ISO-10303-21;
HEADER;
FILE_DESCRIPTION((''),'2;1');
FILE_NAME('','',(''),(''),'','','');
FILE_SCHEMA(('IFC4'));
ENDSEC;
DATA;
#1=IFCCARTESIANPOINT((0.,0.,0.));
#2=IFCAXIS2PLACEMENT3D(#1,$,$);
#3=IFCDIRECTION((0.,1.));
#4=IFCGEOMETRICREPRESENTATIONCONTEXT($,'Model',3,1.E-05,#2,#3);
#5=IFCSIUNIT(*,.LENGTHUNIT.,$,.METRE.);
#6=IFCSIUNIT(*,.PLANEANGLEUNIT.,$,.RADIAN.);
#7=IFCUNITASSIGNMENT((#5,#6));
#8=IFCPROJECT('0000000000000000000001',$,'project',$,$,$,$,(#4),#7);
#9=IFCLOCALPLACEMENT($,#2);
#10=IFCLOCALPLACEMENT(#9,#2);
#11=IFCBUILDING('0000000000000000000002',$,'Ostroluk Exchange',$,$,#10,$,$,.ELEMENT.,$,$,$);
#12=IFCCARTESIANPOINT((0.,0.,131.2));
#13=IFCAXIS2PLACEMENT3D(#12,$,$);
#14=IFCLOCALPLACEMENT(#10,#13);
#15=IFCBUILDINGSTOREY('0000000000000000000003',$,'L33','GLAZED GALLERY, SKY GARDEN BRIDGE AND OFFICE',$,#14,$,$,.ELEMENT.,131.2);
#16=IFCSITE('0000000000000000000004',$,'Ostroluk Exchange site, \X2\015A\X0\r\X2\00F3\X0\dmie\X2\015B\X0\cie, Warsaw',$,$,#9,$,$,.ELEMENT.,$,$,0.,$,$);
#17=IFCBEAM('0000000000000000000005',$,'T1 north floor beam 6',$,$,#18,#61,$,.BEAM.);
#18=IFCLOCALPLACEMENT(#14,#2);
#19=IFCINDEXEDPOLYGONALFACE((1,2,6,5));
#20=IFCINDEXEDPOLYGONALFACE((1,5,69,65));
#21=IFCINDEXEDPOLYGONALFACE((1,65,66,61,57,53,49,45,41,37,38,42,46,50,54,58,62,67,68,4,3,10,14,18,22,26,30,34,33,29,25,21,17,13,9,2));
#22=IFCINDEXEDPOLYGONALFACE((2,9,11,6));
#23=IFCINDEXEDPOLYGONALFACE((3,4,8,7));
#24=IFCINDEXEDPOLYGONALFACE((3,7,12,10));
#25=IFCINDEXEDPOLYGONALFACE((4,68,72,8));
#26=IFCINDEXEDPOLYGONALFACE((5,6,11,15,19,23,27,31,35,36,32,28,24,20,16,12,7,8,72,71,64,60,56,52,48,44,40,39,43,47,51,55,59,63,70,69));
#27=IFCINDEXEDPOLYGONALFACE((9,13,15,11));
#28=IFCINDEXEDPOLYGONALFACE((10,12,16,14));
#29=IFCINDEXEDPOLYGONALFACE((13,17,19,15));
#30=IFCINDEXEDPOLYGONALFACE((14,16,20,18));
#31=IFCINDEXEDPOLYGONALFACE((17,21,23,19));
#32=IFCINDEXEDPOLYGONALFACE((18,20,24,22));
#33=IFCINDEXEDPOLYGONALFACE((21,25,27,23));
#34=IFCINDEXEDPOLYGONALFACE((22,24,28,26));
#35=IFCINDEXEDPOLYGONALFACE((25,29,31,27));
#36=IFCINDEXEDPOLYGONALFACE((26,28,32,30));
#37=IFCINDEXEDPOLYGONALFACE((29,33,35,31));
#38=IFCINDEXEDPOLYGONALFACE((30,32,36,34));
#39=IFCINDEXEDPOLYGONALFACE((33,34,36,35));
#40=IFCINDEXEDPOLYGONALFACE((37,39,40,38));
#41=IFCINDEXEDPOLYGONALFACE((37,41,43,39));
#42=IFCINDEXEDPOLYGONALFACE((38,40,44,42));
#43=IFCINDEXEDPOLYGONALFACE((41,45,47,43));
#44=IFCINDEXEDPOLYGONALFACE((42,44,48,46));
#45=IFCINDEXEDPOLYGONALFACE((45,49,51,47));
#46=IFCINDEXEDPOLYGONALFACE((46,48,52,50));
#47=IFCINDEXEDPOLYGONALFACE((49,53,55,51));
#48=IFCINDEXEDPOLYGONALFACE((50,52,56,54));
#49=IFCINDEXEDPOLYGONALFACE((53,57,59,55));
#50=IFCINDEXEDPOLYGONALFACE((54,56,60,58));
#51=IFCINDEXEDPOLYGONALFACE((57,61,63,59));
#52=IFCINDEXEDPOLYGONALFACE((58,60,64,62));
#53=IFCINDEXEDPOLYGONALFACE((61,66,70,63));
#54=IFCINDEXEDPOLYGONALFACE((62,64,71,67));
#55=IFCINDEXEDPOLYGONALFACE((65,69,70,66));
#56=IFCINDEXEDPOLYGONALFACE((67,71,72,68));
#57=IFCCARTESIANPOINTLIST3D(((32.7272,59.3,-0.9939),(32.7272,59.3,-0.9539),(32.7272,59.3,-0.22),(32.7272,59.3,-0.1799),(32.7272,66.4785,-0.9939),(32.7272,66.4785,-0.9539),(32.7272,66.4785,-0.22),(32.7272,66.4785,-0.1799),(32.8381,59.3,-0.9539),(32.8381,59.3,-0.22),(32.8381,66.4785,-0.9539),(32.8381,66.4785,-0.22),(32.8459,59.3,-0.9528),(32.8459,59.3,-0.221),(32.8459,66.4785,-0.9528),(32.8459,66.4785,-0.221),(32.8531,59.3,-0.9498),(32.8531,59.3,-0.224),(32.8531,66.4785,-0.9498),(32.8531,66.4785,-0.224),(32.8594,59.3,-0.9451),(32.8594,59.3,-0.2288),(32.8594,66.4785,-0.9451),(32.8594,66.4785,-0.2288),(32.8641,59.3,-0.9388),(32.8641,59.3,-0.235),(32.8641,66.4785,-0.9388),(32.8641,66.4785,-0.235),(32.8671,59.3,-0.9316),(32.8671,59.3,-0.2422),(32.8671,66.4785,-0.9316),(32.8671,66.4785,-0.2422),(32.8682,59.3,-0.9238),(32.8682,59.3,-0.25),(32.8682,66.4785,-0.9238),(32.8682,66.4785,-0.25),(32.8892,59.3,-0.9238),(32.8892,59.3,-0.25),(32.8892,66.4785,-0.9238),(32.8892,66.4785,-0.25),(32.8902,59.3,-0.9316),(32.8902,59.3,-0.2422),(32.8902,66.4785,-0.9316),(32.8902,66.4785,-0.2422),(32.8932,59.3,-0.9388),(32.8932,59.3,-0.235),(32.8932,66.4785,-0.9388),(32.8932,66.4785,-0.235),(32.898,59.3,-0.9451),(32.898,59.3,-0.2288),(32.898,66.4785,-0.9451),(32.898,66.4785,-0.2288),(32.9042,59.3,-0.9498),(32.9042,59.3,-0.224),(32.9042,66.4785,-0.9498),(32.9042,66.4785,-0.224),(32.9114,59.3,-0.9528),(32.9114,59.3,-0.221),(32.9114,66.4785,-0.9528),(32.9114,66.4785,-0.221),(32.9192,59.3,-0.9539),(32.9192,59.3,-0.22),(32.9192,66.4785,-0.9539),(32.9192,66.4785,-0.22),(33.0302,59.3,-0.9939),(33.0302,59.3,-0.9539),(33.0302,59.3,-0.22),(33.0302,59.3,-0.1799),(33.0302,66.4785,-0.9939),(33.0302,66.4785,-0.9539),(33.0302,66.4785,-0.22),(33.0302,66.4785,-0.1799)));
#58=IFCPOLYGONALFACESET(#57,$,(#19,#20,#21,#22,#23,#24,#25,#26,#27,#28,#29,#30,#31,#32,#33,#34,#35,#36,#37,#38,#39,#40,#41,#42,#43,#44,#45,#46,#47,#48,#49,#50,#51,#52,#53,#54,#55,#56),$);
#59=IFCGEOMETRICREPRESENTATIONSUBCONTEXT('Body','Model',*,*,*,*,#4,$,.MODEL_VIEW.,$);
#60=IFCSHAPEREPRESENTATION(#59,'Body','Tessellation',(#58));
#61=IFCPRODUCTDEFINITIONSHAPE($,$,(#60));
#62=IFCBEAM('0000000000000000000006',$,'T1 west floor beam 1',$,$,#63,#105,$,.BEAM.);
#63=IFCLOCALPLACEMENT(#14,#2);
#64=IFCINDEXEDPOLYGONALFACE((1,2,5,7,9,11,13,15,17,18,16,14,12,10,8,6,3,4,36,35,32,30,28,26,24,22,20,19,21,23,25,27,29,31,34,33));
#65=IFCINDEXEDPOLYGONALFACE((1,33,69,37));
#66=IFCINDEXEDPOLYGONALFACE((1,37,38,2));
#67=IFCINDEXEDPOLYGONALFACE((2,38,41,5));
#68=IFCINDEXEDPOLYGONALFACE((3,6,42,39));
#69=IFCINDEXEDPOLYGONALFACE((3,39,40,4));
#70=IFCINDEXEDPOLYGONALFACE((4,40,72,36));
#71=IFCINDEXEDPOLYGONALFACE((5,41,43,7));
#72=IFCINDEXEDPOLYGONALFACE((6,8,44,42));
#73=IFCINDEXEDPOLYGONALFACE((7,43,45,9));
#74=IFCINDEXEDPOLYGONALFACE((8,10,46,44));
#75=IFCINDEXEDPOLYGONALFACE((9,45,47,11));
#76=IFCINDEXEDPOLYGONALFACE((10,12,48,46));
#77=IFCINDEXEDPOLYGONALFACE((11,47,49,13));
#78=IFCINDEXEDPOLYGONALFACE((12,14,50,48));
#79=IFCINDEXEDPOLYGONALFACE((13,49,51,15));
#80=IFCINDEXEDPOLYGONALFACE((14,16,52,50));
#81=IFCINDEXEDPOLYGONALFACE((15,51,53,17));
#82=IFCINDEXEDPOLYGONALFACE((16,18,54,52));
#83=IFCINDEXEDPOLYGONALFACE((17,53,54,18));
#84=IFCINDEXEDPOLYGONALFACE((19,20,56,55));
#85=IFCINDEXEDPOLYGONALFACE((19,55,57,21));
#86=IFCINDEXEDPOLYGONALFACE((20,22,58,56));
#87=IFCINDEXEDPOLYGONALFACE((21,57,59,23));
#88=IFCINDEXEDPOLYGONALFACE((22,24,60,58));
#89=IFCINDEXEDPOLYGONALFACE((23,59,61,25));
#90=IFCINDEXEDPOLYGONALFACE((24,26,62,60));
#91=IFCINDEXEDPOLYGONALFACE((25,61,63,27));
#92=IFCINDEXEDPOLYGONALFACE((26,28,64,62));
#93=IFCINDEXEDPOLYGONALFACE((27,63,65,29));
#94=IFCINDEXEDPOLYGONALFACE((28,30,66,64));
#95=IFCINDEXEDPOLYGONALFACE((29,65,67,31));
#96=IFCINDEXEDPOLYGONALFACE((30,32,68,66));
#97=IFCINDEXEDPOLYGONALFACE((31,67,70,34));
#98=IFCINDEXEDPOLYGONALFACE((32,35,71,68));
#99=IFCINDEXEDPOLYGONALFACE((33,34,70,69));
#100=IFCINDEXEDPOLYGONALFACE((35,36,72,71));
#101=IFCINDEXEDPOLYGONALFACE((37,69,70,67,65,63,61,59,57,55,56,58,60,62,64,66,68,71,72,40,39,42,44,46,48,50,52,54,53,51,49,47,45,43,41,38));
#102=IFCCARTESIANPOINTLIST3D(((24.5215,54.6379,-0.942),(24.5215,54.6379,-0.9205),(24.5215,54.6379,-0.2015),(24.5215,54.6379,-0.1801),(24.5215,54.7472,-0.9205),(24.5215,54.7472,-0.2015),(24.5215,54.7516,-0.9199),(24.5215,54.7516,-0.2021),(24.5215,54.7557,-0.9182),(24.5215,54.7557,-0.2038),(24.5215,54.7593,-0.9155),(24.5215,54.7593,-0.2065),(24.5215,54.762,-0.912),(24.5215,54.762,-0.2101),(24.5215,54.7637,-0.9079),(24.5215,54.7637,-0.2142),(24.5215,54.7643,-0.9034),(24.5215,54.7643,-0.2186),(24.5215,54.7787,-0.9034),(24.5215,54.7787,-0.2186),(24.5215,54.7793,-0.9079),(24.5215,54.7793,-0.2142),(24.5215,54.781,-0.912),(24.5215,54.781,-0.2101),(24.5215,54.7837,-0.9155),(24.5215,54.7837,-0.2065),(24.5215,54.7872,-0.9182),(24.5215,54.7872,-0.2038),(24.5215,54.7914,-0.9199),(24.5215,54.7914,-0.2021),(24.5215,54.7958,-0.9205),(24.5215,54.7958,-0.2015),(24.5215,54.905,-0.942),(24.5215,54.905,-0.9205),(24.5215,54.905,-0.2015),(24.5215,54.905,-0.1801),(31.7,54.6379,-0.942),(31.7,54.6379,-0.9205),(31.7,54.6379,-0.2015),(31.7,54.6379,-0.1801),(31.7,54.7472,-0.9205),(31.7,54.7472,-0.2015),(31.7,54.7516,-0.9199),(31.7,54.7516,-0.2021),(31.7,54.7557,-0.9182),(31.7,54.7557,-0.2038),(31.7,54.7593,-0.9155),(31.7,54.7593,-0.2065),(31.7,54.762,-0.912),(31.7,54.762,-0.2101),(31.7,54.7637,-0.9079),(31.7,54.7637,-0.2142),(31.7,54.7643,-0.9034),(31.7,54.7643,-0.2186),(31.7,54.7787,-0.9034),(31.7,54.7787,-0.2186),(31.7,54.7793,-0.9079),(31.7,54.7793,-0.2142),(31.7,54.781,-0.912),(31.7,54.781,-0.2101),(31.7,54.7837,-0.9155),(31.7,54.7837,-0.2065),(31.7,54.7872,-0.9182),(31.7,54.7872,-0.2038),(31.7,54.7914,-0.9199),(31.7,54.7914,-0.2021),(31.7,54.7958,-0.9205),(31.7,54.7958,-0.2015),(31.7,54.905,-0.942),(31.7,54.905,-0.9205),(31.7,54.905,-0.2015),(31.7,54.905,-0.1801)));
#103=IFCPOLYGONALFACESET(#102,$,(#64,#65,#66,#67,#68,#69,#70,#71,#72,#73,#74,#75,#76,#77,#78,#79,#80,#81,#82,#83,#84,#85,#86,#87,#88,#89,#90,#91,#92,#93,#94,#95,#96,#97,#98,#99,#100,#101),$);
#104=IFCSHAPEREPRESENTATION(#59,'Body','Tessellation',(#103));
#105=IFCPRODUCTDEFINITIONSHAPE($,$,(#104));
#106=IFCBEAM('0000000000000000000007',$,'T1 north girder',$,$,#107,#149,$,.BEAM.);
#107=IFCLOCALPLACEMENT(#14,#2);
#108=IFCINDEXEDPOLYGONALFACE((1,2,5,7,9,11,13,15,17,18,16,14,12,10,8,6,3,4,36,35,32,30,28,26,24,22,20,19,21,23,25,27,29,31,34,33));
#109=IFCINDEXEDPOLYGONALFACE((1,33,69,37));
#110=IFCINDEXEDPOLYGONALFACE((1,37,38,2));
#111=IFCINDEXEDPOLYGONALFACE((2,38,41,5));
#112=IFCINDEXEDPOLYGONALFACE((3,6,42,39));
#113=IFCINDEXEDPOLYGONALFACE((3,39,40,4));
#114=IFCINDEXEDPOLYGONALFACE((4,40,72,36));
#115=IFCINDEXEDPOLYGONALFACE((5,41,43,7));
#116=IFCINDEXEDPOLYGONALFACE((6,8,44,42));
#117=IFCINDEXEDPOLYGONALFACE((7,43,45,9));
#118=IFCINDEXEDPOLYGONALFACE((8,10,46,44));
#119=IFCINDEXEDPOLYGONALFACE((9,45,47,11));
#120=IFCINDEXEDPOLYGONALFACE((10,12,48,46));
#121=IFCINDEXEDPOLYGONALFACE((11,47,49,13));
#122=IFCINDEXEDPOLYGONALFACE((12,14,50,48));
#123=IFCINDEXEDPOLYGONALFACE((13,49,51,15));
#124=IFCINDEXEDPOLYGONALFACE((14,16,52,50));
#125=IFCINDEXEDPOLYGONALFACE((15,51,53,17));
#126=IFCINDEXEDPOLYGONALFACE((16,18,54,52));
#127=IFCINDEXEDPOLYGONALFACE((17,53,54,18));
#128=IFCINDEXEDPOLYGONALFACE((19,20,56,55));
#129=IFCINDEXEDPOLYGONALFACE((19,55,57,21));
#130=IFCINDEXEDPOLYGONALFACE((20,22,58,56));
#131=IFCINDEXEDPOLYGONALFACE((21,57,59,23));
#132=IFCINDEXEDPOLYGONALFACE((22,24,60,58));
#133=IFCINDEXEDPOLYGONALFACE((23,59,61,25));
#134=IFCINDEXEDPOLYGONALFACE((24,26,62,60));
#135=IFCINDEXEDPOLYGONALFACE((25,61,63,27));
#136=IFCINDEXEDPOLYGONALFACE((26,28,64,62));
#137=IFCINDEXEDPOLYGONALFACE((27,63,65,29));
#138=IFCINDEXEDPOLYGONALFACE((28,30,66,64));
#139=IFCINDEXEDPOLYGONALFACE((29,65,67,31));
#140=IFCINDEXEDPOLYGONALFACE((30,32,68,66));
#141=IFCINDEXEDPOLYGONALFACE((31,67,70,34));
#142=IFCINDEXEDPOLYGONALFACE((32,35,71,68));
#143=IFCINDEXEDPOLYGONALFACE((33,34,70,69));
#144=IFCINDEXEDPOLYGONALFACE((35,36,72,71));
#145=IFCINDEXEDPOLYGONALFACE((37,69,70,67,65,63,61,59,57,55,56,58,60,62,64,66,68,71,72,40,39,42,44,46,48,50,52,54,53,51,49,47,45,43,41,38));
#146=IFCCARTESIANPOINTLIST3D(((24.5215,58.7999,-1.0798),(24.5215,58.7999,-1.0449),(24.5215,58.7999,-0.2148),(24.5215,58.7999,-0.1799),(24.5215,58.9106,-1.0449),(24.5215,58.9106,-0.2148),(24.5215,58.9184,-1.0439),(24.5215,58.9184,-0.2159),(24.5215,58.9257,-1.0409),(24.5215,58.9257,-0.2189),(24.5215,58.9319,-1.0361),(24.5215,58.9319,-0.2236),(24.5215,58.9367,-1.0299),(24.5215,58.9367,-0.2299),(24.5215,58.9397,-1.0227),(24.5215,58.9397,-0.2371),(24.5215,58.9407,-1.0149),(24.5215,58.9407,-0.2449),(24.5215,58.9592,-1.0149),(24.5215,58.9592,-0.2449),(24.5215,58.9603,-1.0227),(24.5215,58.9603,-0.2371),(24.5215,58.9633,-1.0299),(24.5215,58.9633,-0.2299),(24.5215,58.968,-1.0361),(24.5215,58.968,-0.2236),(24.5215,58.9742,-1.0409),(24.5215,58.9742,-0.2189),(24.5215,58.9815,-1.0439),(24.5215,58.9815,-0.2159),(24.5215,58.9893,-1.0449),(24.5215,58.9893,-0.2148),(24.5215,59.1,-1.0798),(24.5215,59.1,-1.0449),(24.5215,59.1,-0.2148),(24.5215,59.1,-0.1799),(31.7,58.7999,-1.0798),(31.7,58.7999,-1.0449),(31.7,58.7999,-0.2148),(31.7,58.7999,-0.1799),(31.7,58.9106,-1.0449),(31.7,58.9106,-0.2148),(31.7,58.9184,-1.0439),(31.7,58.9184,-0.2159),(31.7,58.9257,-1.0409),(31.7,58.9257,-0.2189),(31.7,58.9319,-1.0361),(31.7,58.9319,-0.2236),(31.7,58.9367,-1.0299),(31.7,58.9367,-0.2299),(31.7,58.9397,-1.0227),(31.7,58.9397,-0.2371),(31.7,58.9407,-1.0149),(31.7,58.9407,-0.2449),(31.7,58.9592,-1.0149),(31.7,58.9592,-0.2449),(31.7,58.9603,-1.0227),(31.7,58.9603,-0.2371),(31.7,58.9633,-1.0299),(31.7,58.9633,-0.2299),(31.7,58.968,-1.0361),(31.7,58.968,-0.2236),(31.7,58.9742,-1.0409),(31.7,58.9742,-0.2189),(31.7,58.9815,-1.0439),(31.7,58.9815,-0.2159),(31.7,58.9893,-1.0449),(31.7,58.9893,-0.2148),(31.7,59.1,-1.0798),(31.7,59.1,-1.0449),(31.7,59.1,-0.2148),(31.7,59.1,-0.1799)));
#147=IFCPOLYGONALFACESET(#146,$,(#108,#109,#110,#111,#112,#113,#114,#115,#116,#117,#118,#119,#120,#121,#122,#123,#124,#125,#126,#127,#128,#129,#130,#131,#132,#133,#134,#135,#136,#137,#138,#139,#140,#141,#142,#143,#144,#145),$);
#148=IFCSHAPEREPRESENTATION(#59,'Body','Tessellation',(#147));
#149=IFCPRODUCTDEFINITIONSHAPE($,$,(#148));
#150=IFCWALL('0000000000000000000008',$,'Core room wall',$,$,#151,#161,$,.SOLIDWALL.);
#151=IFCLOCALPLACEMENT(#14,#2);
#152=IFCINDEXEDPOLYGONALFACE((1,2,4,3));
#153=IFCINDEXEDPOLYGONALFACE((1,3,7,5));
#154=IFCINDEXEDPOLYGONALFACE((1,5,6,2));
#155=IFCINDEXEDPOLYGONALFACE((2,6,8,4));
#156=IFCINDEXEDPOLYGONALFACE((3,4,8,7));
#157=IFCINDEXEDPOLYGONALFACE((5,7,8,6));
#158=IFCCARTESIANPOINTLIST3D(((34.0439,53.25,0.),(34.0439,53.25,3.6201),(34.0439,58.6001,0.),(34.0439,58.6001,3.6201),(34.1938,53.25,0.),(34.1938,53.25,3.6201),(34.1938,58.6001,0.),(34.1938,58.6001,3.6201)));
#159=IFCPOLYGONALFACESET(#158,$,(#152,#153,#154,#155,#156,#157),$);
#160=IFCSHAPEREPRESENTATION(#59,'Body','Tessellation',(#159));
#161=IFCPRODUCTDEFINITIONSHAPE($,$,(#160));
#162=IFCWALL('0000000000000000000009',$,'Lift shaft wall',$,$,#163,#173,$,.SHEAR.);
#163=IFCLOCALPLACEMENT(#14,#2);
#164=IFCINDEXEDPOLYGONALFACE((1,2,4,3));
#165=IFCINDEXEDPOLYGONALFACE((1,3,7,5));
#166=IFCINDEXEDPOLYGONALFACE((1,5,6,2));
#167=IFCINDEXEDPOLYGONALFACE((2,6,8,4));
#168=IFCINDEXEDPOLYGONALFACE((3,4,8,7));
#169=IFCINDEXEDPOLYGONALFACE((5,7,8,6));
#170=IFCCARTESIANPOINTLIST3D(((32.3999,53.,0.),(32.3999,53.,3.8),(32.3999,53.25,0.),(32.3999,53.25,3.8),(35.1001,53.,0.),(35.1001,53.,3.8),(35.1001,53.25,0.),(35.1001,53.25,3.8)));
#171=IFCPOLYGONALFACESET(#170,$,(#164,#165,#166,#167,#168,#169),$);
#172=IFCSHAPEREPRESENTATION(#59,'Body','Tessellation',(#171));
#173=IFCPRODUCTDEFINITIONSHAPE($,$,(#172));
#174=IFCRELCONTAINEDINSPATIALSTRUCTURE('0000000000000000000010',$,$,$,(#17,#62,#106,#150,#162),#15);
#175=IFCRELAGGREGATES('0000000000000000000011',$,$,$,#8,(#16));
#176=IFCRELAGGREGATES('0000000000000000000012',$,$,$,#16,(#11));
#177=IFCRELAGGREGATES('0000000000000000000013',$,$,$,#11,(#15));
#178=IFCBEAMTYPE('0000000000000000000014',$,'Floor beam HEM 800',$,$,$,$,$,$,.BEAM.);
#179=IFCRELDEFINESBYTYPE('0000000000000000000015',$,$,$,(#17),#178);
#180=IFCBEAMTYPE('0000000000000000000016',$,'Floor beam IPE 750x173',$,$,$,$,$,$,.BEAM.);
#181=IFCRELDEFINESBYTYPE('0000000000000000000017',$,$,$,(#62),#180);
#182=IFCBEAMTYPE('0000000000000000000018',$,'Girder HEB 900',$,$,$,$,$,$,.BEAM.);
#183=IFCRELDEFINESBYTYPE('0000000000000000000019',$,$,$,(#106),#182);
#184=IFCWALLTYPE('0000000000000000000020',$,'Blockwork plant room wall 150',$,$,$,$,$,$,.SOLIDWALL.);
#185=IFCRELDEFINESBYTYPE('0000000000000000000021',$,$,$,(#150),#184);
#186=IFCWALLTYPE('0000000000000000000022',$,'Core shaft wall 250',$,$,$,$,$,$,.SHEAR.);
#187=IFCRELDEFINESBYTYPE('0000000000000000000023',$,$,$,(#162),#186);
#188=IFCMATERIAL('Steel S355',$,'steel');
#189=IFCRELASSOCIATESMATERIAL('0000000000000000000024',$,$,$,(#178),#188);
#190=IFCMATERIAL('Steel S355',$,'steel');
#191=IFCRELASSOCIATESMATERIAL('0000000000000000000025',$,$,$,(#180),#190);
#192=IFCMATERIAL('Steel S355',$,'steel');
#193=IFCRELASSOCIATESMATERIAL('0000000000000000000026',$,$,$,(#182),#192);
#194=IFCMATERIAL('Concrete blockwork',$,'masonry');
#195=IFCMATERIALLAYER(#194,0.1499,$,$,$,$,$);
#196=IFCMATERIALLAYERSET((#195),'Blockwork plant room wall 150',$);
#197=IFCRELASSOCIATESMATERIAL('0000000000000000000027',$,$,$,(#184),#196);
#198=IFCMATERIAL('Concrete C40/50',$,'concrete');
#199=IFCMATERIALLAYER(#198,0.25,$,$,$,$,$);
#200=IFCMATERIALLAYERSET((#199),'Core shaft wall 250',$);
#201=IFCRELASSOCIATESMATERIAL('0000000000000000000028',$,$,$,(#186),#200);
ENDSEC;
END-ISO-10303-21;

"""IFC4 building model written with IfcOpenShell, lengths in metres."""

from ifc_helpers import new_model, si_unit, direction, frame, frame_2d, origin, origin_2d, place, context, subcontext, project, spatial, rectangle, i_section, extrude, material, layer, layer_set, material_profile, profile_set, type_object, element, save


model = new_model("IFC4")

# Units and contexts
model_context = context("Model", 3, precision=1e-05, world=origin(), true_north=direction((0.0, 1.0)))
body_context = subcontext(model_context, "Body", "Model", "MODEL_VIEW")
ifc_project = project(units=[si_unit("LENGTHUNIT", "METRE"), si_unit("PLANEANGLEUNIT", "RADIAN")], contexts=[model_context])

# Site, building, storey
site_placement = place(None, origin())
site = spatial("IfcSite", under=ifc_project, at=site_placement, Name="Ostroluk Exchange site, Śródmieście, Warsaw", CompositionType="ELEMENT", RefElevation=0.0)
building_placement = place(site_placement, origin())
building = spatial("IfcBuilding", under=site, at=building_placement, Name="Ostroluk Exchange", CompositionType="ELEMENT")
storey_placement = place(building_placement, frame((0.0, 0.0, 131.2)))
storey = spatial("IfcBuildingStorey", under=building, at=storey_placement, Name="L33", Description="GLAZED GALLERY, SKY GARDEN BRIDGE AND OFFICE", CompositionType="ELEMENT", Elevation=131.2)

# Beams
ifc_material_1 = material(Name="Steel S355", Category="steel")
ifc_material_profile_1 = material_profile(ifc_material_1, i_section(OverallWidth=0.303, OverallDepth=0.814, WebThickness=0.021, FlangeThickness=0.04, FilletRadius=0.03, at=origin_2d()), Name="HEM 800")
ifc_profile_set_1 = profile_set([ifc_material_profile_1], Name="Steel S355")
beam_type_1 = type_object("IfcBeamType", Name="Floor beam HEM 800", PredefinedType="BEAM", material=ifc_profile_set_1)
beam_1_placement = place(storey_placement, frame((32.8787, 59.3, -0.5869), z_axis=(0.0, 1.0, 0.0), x_axis=(-1.0, 0.0, 0.0)))
element("IfcBeam", 1, at=beam_1_placement, inside=storey, type_object=beam_type_1, Name="T1 north floor beam 6", PredefinedType="BEAM", context=body_context, shape_type="SweptSolid", body=[
    extrude(i_section(OverallWidth=0.303, OverallDepth=0.814, WebThickness=0.021, FlangeThickness=0.04, FilletRadius=0.03, at=origin_2d()), origin(), (0.0, 0.0, 1.0), 7.1785),
])
ifc_material_2 = material(Name="Steel S355", Category="steel")
ifc_material_profile_2 = material_profile(ifc_material_2, i_section(OverallWidth=0.2671, OverallDepth=0.762, WebThickness=0.0144, FlangeThickness=0.0215, FilletRadius=0.0171, at=origin_2d()), Name="IPE 750x173")
ifc_profile_set_2 = profile_set([ifc_material_profile_2], Name="Steel S355")
beam_type_2 = type_object("IfcBeamType", Name="Floor beam IPE 750x173", PredefinedType="BEAM", material=ifc_profile_set_2)
beam_2_placement = place(storey_placement, frame((31.7, 54.7715, -0.561), z_axis=(-1.0, 0.0, 0.0), x_axis=(0.0, -1.0, 0.0)))
element("IfcBeam", 2, at=beam_2_placement, inside=storey, type_object=beam_type_2, Name="T1 west floor beam 1", PredefinedType="BEAM", context=body_context, shape_type="SweptSolid", body=[
    extrude(i_section(OverallWidth=0.2671, OverallDepth=0.762, WebThickness=0.0144, FlangeThickness=0.0215, FilletRadius=0.0171, at=origin_2d()), origin(), (0.0, 0.0, 1.0), 7.1785),
])
ifc_material_3 = material(Name="Steel S355", Category="steel")
ifc_material_profile_3 = material_profile(ifc_material_3, i_section(OverallWidth=0.3, OverallDepth=0.8999, WebThickness=0.0186, FlangeThickness=0.0349, FilletRadius=0.03, at=origin_2d()), Name="HEB 900")
ifc_profile_set_3 = profile_set([ifc_material_profile_3], Name="Steel S355")
beam_type_3 = type_object("IfcBeamType", Name="Girder HEB 900", PredefinedType="BEAM", material=ifc_profile_set_3)
beam_3_placement = place(storey_placement, frame((31.7, 58.95, -0.6299), z_axis=(-1.0, 0.0, 0.0), x_axis=(0.0, -1.0, 0.0)))
element("IfcBeam", 3, at=beam_3_placement, inside=storey, type_object=beam_type_3, Name="T1 north girder", PredefinedType="BEAM", context=body_context, shape_type="SweptSolid", body=[
    extrude(i_section(OverallWidth=0.3, OverallDepth=0.8999, WebThickness=0.0186, FlangeThickness=0.0349, FilletRadius=0.03, at=origin_2d()), origin(), (0.0, 0.0, 1.0), 7.1785),
])

# Walls
ifc_material_4 = material(Name="Concrete blockwork", Category="masonry")
ifc_layer_1 = layer(ifc_material_4, 0.1499)
ifc_layer_set_1 = layer_set([ifc_layer_1], Name="Blockwork plant room wall 150")
wall_type_1 = type_object("IfcWallType", Name="Blockwork plant room wall 150", PredefinedType="SOLIDWALL", material=ifc_layer_set_1)
wall_1_placement = place(storey_placement, frame((34.1189, 53.25, 0.0), z_axis=(0.0, 0.0, 1.0), x_axis=(0.0, 1.0, 0.0)))
element("IfcWall", 4, at=wall_1_placement, inside=storey, type_object=wall_type_1, Name="Core room wall", PredefinedType="SOLIDWALL", context=body_context, shape_type="SweptSolid", body=[
    extrude(rectangle(XDim=5.3501, YDim=0.1499, at=frame_2d((2.675, 0.0))), origin(), (0.0, 0.0, 1.0), 3.6201),
])
ifc_material_5 = material(Name="Concrete C40/50", Category="concrete")
ifc_layer_2 = layer(ifc_material_5, 0.25)
ifc_layer_set_2 = layer_set([ifc_layer_2], Name="Core shaft wall 250")
wall_type_2 = type_object("IfcWallType", Name="Core shaft wall 250", PredefinedType="SHEAR", material=ifc_layer_set_2)
wall_2_placement = place(storey_placement, frame((32.3999, 53.125, 0.0), z_axis=(0.0, 0.0, 1.0), x_axis=(1.0, 0.0, 0.0)))
element("IfcWall", 5, at=wall_2_placement, inside=storey, type_object=wall_type_2, Name="Lift shaft wall", PredefinedType="SHEAR", context=body_context, shape_type="SweptSolid", body=[
    extrude(rectangle(XDim=2.7002, YDim=0.25, at=frame_2d((1.3501, 0.0))), origin(), (0.0, 0.0, 1.0), 3.8),
])

save(model, "model.ifc")
